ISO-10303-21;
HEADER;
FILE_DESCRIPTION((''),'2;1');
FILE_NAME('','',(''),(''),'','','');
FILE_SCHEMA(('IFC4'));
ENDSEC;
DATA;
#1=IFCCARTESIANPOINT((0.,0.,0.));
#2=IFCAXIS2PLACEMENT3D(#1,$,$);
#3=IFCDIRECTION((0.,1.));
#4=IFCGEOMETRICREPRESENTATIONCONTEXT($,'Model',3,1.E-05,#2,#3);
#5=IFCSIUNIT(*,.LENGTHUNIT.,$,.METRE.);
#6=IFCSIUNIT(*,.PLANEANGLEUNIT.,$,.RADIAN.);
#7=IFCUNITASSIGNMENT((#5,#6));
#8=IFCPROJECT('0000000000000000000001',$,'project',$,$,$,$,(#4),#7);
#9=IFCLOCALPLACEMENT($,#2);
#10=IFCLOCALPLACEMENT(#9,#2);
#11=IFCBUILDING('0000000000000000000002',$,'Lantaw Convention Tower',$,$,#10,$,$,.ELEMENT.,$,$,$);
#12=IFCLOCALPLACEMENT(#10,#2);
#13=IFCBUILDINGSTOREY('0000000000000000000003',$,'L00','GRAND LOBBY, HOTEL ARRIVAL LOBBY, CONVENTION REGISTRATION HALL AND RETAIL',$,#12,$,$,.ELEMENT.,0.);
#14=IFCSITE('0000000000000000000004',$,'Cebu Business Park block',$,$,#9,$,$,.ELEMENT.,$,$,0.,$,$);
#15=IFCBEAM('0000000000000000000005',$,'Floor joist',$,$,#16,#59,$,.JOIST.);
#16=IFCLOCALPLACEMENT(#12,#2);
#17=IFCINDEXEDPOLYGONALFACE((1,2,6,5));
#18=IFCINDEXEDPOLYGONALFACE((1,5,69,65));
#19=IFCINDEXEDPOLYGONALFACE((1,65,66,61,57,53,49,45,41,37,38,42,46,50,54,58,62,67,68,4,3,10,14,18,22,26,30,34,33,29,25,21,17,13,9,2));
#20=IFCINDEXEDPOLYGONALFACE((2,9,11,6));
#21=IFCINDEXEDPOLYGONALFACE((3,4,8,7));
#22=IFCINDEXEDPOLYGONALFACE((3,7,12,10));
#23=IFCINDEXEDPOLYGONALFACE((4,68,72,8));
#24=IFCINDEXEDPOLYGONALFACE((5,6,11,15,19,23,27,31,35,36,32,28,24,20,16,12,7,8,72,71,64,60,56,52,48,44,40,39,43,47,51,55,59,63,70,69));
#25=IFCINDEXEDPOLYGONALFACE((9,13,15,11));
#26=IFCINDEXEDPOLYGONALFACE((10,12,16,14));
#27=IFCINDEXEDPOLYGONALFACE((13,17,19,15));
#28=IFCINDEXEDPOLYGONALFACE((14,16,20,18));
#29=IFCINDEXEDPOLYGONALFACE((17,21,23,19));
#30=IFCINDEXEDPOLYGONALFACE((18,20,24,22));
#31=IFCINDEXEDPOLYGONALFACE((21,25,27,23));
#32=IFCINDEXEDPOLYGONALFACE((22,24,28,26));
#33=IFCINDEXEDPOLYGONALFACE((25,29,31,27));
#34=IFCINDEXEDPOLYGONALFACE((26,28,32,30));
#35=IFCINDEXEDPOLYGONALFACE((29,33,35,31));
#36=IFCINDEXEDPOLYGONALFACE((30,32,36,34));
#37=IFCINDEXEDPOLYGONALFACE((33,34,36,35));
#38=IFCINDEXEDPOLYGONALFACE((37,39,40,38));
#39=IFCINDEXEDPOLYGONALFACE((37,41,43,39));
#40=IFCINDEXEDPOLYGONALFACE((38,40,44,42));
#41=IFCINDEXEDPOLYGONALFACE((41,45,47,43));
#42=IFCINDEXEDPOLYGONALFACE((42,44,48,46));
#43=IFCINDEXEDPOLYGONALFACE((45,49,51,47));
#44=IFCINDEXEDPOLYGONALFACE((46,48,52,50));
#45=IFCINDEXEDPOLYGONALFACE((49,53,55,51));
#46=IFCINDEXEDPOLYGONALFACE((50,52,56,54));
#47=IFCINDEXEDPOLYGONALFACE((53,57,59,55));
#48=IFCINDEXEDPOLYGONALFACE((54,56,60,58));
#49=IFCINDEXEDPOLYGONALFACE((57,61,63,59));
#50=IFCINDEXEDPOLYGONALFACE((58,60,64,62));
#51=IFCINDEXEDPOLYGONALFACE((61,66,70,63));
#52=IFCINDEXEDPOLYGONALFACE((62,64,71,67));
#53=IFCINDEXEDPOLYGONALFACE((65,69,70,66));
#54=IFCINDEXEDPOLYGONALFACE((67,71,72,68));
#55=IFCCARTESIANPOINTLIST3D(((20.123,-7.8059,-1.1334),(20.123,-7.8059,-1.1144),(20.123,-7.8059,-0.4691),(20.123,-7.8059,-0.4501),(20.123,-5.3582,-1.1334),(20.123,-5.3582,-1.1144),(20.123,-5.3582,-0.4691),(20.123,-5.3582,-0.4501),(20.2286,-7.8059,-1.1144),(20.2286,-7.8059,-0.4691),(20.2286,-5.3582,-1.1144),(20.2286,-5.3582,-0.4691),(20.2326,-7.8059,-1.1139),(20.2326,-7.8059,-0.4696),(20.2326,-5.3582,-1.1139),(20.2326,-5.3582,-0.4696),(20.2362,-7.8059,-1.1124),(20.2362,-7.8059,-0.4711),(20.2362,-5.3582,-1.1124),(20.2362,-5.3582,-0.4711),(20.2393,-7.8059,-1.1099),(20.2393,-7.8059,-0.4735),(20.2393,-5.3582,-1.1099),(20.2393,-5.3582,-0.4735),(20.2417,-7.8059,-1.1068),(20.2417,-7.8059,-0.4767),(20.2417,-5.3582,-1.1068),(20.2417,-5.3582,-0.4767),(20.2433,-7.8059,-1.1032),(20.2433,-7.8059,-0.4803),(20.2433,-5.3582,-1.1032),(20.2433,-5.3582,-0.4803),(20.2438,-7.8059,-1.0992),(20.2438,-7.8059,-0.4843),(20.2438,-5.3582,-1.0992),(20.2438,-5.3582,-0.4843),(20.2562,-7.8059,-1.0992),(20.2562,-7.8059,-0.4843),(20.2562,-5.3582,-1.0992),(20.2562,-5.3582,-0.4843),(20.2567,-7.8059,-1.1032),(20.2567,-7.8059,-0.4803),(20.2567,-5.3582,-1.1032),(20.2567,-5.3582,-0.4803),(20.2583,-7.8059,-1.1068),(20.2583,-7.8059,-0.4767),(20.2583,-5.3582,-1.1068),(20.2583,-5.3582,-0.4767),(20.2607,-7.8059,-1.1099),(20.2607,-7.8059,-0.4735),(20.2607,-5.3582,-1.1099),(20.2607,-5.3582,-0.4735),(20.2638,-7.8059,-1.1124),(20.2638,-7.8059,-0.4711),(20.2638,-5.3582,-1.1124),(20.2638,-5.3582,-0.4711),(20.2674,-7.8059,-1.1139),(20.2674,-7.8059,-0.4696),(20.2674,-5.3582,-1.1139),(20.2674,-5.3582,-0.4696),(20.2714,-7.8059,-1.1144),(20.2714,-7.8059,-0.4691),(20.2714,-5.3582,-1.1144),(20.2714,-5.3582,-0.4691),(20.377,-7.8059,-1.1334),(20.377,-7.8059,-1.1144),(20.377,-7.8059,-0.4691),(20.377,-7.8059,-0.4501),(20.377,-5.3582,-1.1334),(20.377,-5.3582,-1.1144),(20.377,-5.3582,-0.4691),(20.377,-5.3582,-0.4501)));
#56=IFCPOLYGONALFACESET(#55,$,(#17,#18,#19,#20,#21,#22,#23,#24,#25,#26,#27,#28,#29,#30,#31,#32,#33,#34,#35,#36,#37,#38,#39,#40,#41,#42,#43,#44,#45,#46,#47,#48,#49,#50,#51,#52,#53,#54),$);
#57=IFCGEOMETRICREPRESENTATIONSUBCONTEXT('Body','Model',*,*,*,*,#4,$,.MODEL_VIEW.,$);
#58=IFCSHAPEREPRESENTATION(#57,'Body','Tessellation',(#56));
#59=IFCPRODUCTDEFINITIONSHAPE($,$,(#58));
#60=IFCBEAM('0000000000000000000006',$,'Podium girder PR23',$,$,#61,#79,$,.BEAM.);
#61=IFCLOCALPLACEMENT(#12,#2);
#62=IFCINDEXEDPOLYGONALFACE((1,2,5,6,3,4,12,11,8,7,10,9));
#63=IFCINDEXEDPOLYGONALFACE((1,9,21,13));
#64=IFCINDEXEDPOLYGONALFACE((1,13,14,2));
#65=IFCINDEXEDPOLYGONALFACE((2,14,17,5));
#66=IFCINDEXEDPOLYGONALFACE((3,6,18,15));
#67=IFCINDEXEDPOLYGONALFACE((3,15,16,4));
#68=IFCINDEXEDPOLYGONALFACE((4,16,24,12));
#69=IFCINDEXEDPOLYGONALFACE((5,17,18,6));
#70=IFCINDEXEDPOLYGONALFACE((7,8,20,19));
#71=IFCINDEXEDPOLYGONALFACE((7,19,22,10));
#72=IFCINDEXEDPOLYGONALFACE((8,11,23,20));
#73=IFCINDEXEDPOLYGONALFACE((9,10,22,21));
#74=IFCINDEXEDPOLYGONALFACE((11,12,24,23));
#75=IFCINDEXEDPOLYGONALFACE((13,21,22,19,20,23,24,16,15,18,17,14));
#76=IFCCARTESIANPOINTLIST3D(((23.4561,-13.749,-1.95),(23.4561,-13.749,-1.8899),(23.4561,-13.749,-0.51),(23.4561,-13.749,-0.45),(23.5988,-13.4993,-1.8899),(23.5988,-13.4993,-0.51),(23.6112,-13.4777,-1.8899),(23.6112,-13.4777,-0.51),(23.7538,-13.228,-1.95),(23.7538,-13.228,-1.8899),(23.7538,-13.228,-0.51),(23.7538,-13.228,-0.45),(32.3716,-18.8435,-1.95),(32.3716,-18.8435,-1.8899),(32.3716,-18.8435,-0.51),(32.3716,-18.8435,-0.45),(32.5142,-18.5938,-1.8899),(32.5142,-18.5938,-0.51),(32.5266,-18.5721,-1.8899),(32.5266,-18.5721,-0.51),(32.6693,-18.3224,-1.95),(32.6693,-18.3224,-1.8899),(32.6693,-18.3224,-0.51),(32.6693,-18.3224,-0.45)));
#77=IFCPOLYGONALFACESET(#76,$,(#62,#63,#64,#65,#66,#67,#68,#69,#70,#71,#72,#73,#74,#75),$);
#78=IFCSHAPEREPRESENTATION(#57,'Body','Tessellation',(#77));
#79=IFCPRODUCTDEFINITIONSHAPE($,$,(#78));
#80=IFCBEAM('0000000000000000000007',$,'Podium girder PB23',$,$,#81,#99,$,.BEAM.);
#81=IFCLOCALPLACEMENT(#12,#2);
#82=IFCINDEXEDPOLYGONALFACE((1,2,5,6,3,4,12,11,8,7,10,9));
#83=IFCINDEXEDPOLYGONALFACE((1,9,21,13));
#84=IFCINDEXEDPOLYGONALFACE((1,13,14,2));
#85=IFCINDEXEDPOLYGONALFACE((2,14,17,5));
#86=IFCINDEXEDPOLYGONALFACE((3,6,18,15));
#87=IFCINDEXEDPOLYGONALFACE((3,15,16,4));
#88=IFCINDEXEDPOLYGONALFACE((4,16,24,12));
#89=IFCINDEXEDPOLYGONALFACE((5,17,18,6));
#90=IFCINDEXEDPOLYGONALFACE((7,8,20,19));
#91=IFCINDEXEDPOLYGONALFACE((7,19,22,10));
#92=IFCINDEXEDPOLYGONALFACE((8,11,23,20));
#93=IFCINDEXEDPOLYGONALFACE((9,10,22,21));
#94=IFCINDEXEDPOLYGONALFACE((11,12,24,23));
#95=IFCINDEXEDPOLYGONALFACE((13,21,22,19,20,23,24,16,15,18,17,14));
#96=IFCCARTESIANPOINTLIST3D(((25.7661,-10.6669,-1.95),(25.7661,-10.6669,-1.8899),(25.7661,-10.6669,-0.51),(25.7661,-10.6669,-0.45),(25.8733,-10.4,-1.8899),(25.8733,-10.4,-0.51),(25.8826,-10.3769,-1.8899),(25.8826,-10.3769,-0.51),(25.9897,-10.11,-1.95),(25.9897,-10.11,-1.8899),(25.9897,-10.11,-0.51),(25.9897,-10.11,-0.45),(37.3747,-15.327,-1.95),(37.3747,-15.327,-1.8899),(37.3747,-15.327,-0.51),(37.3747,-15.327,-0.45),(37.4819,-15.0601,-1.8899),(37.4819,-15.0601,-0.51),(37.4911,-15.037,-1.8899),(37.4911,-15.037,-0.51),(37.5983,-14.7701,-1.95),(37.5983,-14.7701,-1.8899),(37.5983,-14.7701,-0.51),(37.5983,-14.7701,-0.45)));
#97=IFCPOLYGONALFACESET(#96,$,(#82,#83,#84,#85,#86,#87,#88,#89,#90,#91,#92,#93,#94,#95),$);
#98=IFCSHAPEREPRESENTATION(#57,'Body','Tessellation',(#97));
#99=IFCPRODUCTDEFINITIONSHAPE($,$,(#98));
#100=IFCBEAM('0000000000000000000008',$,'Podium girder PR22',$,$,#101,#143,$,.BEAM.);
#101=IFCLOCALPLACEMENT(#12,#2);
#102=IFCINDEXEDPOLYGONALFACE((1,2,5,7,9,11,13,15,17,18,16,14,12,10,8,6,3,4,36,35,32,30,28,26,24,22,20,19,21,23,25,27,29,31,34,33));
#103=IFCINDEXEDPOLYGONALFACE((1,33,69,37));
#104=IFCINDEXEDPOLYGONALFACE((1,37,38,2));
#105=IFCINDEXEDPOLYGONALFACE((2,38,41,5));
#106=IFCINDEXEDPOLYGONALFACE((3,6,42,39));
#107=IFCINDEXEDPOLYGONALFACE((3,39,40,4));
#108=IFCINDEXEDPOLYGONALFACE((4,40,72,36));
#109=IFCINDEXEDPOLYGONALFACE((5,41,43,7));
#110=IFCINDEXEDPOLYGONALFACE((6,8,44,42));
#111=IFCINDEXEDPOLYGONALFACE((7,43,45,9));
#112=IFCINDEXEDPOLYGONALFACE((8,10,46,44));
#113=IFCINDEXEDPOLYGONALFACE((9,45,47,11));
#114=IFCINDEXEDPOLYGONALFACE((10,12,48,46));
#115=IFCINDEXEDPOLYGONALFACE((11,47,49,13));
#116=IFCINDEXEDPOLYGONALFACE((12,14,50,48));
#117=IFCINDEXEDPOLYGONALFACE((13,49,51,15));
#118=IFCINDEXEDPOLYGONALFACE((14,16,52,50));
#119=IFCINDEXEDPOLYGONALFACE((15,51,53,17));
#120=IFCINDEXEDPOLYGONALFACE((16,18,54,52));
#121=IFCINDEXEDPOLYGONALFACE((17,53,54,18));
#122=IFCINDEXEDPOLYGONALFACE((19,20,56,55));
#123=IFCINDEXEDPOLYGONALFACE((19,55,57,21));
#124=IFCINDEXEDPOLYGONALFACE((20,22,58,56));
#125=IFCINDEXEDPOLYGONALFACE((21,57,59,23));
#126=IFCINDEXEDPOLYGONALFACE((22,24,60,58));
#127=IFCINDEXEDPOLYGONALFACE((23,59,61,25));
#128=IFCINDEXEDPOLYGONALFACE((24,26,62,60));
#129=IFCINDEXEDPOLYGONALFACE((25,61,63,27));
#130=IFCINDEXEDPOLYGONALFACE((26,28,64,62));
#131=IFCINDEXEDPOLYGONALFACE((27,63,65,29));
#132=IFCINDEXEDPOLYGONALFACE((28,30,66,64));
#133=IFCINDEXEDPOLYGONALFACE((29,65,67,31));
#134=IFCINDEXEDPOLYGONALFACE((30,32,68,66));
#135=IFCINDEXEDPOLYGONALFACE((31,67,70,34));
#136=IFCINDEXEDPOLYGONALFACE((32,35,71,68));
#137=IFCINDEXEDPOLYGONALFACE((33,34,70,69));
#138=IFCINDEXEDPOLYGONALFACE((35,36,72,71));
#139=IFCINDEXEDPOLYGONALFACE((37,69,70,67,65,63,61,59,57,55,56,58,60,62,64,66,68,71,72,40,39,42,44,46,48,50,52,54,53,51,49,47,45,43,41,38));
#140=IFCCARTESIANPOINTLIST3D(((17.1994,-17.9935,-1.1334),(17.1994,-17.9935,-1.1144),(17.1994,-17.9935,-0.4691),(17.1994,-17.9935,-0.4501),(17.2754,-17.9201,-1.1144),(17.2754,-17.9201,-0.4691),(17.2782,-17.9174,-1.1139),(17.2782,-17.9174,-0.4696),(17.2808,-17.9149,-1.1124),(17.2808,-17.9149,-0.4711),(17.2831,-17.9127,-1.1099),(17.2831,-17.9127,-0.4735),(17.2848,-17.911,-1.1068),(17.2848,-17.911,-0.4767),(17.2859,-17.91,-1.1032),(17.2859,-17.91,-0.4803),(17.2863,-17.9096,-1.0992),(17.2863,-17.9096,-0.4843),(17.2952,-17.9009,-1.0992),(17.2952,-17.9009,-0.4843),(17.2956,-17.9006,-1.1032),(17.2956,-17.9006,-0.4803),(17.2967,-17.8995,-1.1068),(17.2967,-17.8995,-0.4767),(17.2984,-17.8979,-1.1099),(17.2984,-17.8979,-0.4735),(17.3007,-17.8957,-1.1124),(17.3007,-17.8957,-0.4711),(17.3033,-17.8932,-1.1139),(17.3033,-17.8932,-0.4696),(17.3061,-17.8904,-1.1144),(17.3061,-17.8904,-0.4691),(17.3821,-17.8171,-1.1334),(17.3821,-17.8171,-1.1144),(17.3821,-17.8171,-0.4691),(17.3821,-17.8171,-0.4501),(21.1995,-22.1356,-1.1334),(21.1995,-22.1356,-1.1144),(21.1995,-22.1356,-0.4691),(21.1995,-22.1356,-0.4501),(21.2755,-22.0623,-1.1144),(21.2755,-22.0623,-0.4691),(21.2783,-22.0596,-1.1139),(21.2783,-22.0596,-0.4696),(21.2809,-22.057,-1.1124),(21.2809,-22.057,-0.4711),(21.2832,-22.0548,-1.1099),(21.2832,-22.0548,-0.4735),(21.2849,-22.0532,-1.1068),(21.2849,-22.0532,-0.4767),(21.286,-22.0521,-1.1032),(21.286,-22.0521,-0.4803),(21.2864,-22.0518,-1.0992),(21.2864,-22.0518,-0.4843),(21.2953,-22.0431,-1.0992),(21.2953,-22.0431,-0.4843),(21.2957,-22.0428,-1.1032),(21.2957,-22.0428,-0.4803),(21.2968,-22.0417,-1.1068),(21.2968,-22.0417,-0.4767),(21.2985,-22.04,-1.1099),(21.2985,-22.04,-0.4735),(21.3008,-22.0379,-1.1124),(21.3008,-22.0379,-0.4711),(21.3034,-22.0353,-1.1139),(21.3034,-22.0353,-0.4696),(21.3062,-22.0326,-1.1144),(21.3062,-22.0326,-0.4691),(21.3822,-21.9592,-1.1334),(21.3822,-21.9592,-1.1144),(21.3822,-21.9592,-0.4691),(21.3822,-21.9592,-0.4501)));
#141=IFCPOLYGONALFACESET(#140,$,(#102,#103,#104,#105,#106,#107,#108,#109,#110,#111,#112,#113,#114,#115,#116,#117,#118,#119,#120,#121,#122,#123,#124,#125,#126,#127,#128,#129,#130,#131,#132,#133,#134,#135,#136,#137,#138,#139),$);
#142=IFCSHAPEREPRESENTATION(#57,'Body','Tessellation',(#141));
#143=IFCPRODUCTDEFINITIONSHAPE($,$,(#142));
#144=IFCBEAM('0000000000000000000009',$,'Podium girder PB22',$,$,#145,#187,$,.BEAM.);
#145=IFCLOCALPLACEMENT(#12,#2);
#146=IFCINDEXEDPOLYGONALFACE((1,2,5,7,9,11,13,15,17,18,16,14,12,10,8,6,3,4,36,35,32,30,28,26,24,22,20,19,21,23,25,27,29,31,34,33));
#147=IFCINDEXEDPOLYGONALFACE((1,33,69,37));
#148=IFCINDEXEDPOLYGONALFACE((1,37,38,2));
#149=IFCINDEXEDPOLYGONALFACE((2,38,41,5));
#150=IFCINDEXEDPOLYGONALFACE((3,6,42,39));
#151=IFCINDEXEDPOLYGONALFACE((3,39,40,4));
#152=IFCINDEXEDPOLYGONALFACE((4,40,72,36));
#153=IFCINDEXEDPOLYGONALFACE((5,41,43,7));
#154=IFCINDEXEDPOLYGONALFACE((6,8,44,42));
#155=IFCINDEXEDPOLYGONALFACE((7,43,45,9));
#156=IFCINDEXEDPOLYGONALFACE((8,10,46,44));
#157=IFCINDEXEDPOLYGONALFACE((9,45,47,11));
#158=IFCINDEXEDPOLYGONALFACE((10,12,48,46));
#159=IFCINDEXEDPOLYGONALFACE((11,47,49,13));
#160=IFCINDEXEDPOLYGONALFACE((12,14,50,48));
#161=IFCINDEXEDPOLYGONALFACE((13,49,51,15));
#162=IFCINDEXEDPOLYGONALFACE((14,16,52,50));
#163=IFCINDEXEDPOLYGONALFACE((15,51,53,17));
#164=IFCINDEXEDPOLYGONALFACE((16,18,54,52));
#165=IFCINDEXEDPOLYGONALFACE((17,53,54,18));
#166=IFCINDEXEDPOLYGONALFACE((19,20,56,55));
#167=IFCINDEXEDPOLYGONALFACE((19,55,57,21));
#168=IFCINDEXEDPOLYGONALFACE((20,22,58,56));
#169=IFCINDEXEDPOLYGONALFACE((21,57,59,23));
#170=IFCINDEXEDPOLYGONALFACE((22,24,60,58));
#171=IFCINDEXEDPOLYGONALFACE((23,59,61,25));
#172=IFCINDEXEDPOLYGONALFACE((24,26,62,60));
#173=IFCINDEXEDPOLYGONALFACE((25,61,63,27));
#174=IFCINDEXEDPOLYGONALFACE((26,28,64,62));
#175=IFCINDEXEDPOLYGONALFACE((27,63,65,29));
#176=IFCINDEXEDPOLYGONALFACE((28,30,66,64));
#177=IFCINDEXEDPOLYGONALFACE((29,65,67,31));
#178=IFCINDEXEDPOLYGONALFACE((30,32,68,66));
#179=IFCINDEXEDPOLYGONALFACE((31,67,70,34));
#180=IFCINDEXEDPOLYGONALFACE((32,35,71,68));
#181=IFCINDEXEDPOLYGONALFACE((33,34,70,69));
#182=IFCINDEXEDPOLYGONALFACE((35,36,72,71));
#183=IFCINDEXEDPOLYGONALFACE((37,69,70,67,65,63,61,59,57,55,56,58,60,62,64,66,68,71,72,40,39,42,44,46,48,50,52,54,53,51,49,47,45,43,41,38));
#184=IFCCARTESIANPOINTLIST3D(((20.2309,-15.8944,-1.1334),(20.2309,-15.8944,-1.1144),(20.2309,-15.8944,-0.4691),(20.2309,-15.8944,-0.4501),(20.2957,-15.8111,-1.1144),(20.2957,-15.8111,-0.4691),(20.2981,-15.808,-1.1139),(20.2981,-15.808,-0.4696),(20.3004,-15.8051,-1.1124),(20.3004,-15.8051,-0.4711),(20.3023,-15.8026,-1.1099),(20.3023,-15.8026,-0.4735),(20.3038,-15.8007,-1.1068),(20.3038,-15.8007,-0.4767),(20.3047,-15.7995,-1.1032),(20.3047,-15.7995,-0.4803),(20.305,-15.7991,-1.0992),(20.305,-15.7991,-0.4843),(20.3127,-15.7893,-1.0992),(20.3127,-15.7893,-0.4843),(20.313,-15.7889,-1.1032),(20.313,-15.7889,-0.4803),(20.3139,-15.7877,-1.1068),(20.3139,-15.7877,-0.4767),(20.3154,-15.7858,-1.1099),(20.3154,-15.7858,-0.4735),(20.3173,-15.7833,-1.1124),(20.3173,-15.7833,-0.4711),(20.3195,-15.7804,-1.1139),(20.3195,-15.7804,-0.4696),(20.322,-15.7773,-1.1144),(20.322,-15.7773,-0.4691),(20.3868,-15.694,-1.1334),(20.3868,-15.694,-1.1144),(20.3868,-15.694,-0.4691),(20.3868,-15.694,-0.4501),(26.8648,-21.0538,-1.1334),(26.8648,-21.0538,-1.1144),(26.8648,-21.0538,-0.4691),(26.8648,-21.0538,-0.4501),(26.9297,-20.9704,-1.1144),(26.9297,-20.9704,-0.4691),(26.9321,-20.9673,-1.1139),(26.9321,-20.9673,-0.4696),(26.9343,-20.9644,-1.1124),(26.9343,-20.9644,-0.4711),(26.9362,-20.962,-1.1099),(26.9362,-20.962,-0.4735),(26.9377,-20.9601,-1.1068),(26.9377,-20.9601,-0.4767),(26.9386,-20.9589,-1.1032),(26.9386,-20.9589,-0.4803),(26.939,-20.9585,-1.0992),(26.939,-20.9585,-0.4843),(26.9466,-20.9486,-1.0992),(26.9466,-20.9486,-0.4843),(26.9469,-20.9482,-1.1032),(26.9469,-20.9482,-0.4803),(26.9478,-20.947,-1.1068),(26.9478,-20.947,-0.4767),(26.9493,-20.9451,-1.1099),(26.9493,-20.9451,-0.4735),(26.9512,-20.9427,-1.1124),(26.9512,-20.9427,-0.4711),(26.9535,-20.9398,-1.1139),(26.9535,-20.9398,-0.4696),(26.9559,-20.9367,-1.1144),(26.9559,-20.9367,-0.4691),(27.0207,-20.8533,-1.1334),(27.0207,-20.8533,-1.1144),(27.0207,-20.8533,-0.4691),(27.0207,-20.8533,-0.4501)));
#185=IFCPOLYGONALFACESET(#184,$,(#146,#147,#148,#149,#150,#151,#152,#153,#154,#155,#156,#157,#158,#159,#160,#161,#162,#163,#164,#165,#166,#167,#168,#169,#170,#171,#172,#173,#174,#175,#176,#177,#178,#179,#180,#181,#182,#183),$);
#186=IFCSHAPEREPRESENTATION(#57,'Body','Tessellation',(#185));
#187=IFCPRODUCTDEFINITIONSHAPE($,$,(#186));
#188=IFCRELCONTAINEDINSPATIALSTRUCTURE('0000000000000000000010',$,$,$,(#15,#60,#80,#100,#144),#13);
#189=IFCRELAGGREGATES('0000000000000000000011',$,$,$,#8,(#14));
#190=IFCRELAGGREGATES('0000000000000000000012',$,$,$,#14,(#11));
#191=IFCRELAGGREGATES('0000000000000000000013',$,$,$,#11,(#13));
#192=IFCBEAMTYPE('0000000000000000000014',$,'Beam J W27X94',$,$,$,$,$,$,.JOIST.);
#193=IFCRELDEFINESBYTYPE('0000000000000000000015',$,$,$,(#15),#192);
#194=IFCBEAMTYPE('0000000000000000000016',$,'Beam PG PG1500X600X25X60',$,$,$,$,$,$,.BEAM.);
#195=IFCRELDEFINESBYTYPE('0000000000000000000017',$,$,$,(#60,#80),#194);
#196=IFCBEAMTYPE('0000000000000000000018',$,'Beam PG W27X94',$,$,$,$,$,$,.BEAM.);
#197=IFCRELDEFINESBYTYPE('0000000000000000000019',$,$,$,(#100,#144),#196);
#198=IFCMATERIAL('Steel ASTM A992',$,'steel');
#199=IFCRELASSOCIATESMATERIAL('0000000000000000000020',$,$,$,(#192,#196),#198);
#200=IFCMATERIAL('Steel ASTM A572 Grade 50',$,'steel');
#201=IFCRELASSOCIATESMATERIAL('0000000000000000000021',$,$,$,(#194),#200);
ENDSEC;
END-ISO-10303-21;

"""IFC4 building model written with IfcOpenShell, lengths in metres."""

from ifc_helpers import new_model, si_unit, direction, frame, origin, origin_2d, place, context, subcontext, project, spatial, i_section, extrude, material, material_profile, profile_set, type_object, element, save


model = new_model("IFC4")

# Units and contexts
model_context = context("Model", 3, precision=1e-05, world=origin(), true_north=direction((0.0, 1.0)))
body_context = subcontext(model_context, "Body", "Model", "MODEL_VIEW")
ifc_project = project(units=[si_unit("LENGTHUNIT", "METRE"), si_unit("PLANEANGLEUNIT", "RADIAN")], contexts=[model_context])

# Site, building, storey
site_placement = place(None, origin())
site = spatial("IfcSite", under=ifc_project, at=site_placement, Name="Cebu Business Park block", CompositionType="ELEMENT", RefElevation=0.0)
building_placement = place(site_placement, origin())
building = spatial("IfcBuilding", under=site, at=building_placement, Name="Lantaw Convention Tower", CompositionType="ELEMENT")
storey_placement = place(building_placement, origin())
storey = spatial("IfcBuildingStorey", under=building, at=storey_placement, Name="L00", Description="GRAND LOBBY, HOTEL ARRIVAL LOBBY, CONVENTION REGISTRATION HALL AND RETAIL", CompositionType="ELEMENT", Elevation=0.0)

# Shared definitions
ifc_material_1 = material(Name="Steel ASTM A572 Grade 50", Category="steel")

# Beams
ifc_material_2 = material(Name="Steel ASTM A992", Category="steel")
ifc_material_profile_1 = material_profile(ifc_material_2, i_section(OverallWidth=0.2539, OverallDepth=0.6833, WebThickness=0.0125, FlangeThickness=0.019, FilletRadius=0.0151, at=origin_2d()), Name="W27X94")
ifc_profile_set_1 = profile_set([ifc_material_profile_1], Name="Steel ASTM A992")
beam_type_1 = type_object("IfcBeamType", Name="Beam J W27X94", PredefinedType="JOIST", material=ifc_profile_set_1)
beam_1_placement = place(storey_placement, frame((20.25, -7.8059, -0.7917), z_axis=(0.0, 1.0, 0.0), x_axis=(-1.0, 0.0, 0.0)))
element("IfcBeam", 1, at=beam_1_placement, inside=storey, type_object=beam_type_1, Name="Floor joist", PredefinedType="JOIST", context=body_context, shape_type="SweptSolid", body=[
    extrude(i_section(OverallWidth=0.2539, OverallDepth=0.6833, WebThickness=0.0125, FlangeThickness=0.019, FilletRadius=0.0151, at=origin_2d()), origin(), (0.0, 0.0, 1.0), 2.4478),
])
ifc_material_profile_2 = material_profile(ifc_material_1, i_section(OverallWidth=0.6001, OverallDepth=1.5, WebThickness=0.0249, FlangeThickness=0.0601, at=origin_2d()), Name="PG1500X600X25X60")
ifc_profile_set_2 = profile_set([ifc_material_profile_2], Name="Steel ASTM A572 Grade 50")
beam_type_2 = type_object("IfcBeamType", Name="Beam PG PG1500X600X25X60", PredefinedType="BEAM", material=ifc_profile_set_2)
beam_2_placement = place(storey_placement, frame((23.605, -13.4885, -1.2), z_axis=(0.868248, -0.496131, 0.0), x_axis=(0.496131, 0.868248, 0.0)))
element("IfcBeam", 2, at=beam_2_placement, inside=storey, type_object=beam_type_2, Name="Podium girder PR23", PredefinedType="BEAM", context=body_context, shape_type="SweptSolid", body=[
    extrude(i_section(OverallWidth=0.6001, OverallDepth=1.5, WebThickness=0.0249, FlangeThickness=0.0601, at=origin_2d()), origin(), (0.0, 0.0, 1.0), 10.2683),
])
beam_3_placement = place(storey_placement, frame((25.8779, -10.3884, -1.2), z_axis=(0.928016, -0.372541, 0.0), x_axis=(0.372541, 0.928016, 0.0)))
element("IfcBeam", 3, at=beam_3_placement, inside=storey, type_object=beam_type_2, Name="Podium girder PB23", PredefinedType="BEAM", context=body_context, shape_type="SweptSolid", body=[
    extrude(i_section(OverallWidth=0.6001, OverallDepth=1.5, WebThickness=0.0249, FlangeThickness=0.0601, at=origin_2d()), origin(), (0.0, 0.0, 1.0), 12.509),
])
ifc_material_profile_3 = material_profile(ifc_material_2, i_section(OverallWidth=0.2539, OverallDepth=0.6833, WebThickness=0.0125, FlangeThickness=0.019, FilletRadius=0.0151, at=origin_2d()), Name="W27X94")
ifc_profile_set_3 = profile_set([ifc_material_profile_3], Name="Steel ASTM A992")
beam_type_3 = type_object("IfcBeamType", Name="Beam PG W27X94", PredefinedType="BEAM", material=ifc_profile_set_3)
beam_4_placement = place(storey_placement, frame((17.2908, -17.9053, -0.7917), z_axis=(0.694661, -0.719337, 0.0), x_axis=(0.719337, 0.694661, 0.0)))
element("IfcBeam", 4, at=beam_4_placement, inside=storey, type_object=beam_type_3, Name="Podium girder PR22", PredefinedType="BEAM", context=body_context, shape_type="SweptSolid", body=[
    extrude(i_section(OverallWidth=0.2539, OverallDepth=0.6833, WebThickness=0.0125, FlangeThickness=0.019, FilletRadius=0.0151, at=origin_2d()), origin(), (0.0, 0.0, 1.0), 5.7583),
])
beam_5_placement = place(storey_placement, frame((20.3088, -15.7942, -0.7917), z_axis=(0.789374, -0.613912, 0.0), x_axis=(0.613912, 0.789374, 0.0)))
element("IfcBeam", 5, at=beam_5_placement, inside=storey, type_object=beam_type_3, Name="Podium girder PB22", PredefinedType="BEAM", context=body_context, shape_type="SweptSolid", body=[
    extrude(i_section(OverallWidth=0.2539, OverallDepth=0.6833, WebThickness=0.0125, FlangeThickness=0.019, FilletRadius=0.0151, at=origin_2d()), origin(), (0.0, 0.0, 1.0), 8.4041),
])

save(model, "model.ifc")
